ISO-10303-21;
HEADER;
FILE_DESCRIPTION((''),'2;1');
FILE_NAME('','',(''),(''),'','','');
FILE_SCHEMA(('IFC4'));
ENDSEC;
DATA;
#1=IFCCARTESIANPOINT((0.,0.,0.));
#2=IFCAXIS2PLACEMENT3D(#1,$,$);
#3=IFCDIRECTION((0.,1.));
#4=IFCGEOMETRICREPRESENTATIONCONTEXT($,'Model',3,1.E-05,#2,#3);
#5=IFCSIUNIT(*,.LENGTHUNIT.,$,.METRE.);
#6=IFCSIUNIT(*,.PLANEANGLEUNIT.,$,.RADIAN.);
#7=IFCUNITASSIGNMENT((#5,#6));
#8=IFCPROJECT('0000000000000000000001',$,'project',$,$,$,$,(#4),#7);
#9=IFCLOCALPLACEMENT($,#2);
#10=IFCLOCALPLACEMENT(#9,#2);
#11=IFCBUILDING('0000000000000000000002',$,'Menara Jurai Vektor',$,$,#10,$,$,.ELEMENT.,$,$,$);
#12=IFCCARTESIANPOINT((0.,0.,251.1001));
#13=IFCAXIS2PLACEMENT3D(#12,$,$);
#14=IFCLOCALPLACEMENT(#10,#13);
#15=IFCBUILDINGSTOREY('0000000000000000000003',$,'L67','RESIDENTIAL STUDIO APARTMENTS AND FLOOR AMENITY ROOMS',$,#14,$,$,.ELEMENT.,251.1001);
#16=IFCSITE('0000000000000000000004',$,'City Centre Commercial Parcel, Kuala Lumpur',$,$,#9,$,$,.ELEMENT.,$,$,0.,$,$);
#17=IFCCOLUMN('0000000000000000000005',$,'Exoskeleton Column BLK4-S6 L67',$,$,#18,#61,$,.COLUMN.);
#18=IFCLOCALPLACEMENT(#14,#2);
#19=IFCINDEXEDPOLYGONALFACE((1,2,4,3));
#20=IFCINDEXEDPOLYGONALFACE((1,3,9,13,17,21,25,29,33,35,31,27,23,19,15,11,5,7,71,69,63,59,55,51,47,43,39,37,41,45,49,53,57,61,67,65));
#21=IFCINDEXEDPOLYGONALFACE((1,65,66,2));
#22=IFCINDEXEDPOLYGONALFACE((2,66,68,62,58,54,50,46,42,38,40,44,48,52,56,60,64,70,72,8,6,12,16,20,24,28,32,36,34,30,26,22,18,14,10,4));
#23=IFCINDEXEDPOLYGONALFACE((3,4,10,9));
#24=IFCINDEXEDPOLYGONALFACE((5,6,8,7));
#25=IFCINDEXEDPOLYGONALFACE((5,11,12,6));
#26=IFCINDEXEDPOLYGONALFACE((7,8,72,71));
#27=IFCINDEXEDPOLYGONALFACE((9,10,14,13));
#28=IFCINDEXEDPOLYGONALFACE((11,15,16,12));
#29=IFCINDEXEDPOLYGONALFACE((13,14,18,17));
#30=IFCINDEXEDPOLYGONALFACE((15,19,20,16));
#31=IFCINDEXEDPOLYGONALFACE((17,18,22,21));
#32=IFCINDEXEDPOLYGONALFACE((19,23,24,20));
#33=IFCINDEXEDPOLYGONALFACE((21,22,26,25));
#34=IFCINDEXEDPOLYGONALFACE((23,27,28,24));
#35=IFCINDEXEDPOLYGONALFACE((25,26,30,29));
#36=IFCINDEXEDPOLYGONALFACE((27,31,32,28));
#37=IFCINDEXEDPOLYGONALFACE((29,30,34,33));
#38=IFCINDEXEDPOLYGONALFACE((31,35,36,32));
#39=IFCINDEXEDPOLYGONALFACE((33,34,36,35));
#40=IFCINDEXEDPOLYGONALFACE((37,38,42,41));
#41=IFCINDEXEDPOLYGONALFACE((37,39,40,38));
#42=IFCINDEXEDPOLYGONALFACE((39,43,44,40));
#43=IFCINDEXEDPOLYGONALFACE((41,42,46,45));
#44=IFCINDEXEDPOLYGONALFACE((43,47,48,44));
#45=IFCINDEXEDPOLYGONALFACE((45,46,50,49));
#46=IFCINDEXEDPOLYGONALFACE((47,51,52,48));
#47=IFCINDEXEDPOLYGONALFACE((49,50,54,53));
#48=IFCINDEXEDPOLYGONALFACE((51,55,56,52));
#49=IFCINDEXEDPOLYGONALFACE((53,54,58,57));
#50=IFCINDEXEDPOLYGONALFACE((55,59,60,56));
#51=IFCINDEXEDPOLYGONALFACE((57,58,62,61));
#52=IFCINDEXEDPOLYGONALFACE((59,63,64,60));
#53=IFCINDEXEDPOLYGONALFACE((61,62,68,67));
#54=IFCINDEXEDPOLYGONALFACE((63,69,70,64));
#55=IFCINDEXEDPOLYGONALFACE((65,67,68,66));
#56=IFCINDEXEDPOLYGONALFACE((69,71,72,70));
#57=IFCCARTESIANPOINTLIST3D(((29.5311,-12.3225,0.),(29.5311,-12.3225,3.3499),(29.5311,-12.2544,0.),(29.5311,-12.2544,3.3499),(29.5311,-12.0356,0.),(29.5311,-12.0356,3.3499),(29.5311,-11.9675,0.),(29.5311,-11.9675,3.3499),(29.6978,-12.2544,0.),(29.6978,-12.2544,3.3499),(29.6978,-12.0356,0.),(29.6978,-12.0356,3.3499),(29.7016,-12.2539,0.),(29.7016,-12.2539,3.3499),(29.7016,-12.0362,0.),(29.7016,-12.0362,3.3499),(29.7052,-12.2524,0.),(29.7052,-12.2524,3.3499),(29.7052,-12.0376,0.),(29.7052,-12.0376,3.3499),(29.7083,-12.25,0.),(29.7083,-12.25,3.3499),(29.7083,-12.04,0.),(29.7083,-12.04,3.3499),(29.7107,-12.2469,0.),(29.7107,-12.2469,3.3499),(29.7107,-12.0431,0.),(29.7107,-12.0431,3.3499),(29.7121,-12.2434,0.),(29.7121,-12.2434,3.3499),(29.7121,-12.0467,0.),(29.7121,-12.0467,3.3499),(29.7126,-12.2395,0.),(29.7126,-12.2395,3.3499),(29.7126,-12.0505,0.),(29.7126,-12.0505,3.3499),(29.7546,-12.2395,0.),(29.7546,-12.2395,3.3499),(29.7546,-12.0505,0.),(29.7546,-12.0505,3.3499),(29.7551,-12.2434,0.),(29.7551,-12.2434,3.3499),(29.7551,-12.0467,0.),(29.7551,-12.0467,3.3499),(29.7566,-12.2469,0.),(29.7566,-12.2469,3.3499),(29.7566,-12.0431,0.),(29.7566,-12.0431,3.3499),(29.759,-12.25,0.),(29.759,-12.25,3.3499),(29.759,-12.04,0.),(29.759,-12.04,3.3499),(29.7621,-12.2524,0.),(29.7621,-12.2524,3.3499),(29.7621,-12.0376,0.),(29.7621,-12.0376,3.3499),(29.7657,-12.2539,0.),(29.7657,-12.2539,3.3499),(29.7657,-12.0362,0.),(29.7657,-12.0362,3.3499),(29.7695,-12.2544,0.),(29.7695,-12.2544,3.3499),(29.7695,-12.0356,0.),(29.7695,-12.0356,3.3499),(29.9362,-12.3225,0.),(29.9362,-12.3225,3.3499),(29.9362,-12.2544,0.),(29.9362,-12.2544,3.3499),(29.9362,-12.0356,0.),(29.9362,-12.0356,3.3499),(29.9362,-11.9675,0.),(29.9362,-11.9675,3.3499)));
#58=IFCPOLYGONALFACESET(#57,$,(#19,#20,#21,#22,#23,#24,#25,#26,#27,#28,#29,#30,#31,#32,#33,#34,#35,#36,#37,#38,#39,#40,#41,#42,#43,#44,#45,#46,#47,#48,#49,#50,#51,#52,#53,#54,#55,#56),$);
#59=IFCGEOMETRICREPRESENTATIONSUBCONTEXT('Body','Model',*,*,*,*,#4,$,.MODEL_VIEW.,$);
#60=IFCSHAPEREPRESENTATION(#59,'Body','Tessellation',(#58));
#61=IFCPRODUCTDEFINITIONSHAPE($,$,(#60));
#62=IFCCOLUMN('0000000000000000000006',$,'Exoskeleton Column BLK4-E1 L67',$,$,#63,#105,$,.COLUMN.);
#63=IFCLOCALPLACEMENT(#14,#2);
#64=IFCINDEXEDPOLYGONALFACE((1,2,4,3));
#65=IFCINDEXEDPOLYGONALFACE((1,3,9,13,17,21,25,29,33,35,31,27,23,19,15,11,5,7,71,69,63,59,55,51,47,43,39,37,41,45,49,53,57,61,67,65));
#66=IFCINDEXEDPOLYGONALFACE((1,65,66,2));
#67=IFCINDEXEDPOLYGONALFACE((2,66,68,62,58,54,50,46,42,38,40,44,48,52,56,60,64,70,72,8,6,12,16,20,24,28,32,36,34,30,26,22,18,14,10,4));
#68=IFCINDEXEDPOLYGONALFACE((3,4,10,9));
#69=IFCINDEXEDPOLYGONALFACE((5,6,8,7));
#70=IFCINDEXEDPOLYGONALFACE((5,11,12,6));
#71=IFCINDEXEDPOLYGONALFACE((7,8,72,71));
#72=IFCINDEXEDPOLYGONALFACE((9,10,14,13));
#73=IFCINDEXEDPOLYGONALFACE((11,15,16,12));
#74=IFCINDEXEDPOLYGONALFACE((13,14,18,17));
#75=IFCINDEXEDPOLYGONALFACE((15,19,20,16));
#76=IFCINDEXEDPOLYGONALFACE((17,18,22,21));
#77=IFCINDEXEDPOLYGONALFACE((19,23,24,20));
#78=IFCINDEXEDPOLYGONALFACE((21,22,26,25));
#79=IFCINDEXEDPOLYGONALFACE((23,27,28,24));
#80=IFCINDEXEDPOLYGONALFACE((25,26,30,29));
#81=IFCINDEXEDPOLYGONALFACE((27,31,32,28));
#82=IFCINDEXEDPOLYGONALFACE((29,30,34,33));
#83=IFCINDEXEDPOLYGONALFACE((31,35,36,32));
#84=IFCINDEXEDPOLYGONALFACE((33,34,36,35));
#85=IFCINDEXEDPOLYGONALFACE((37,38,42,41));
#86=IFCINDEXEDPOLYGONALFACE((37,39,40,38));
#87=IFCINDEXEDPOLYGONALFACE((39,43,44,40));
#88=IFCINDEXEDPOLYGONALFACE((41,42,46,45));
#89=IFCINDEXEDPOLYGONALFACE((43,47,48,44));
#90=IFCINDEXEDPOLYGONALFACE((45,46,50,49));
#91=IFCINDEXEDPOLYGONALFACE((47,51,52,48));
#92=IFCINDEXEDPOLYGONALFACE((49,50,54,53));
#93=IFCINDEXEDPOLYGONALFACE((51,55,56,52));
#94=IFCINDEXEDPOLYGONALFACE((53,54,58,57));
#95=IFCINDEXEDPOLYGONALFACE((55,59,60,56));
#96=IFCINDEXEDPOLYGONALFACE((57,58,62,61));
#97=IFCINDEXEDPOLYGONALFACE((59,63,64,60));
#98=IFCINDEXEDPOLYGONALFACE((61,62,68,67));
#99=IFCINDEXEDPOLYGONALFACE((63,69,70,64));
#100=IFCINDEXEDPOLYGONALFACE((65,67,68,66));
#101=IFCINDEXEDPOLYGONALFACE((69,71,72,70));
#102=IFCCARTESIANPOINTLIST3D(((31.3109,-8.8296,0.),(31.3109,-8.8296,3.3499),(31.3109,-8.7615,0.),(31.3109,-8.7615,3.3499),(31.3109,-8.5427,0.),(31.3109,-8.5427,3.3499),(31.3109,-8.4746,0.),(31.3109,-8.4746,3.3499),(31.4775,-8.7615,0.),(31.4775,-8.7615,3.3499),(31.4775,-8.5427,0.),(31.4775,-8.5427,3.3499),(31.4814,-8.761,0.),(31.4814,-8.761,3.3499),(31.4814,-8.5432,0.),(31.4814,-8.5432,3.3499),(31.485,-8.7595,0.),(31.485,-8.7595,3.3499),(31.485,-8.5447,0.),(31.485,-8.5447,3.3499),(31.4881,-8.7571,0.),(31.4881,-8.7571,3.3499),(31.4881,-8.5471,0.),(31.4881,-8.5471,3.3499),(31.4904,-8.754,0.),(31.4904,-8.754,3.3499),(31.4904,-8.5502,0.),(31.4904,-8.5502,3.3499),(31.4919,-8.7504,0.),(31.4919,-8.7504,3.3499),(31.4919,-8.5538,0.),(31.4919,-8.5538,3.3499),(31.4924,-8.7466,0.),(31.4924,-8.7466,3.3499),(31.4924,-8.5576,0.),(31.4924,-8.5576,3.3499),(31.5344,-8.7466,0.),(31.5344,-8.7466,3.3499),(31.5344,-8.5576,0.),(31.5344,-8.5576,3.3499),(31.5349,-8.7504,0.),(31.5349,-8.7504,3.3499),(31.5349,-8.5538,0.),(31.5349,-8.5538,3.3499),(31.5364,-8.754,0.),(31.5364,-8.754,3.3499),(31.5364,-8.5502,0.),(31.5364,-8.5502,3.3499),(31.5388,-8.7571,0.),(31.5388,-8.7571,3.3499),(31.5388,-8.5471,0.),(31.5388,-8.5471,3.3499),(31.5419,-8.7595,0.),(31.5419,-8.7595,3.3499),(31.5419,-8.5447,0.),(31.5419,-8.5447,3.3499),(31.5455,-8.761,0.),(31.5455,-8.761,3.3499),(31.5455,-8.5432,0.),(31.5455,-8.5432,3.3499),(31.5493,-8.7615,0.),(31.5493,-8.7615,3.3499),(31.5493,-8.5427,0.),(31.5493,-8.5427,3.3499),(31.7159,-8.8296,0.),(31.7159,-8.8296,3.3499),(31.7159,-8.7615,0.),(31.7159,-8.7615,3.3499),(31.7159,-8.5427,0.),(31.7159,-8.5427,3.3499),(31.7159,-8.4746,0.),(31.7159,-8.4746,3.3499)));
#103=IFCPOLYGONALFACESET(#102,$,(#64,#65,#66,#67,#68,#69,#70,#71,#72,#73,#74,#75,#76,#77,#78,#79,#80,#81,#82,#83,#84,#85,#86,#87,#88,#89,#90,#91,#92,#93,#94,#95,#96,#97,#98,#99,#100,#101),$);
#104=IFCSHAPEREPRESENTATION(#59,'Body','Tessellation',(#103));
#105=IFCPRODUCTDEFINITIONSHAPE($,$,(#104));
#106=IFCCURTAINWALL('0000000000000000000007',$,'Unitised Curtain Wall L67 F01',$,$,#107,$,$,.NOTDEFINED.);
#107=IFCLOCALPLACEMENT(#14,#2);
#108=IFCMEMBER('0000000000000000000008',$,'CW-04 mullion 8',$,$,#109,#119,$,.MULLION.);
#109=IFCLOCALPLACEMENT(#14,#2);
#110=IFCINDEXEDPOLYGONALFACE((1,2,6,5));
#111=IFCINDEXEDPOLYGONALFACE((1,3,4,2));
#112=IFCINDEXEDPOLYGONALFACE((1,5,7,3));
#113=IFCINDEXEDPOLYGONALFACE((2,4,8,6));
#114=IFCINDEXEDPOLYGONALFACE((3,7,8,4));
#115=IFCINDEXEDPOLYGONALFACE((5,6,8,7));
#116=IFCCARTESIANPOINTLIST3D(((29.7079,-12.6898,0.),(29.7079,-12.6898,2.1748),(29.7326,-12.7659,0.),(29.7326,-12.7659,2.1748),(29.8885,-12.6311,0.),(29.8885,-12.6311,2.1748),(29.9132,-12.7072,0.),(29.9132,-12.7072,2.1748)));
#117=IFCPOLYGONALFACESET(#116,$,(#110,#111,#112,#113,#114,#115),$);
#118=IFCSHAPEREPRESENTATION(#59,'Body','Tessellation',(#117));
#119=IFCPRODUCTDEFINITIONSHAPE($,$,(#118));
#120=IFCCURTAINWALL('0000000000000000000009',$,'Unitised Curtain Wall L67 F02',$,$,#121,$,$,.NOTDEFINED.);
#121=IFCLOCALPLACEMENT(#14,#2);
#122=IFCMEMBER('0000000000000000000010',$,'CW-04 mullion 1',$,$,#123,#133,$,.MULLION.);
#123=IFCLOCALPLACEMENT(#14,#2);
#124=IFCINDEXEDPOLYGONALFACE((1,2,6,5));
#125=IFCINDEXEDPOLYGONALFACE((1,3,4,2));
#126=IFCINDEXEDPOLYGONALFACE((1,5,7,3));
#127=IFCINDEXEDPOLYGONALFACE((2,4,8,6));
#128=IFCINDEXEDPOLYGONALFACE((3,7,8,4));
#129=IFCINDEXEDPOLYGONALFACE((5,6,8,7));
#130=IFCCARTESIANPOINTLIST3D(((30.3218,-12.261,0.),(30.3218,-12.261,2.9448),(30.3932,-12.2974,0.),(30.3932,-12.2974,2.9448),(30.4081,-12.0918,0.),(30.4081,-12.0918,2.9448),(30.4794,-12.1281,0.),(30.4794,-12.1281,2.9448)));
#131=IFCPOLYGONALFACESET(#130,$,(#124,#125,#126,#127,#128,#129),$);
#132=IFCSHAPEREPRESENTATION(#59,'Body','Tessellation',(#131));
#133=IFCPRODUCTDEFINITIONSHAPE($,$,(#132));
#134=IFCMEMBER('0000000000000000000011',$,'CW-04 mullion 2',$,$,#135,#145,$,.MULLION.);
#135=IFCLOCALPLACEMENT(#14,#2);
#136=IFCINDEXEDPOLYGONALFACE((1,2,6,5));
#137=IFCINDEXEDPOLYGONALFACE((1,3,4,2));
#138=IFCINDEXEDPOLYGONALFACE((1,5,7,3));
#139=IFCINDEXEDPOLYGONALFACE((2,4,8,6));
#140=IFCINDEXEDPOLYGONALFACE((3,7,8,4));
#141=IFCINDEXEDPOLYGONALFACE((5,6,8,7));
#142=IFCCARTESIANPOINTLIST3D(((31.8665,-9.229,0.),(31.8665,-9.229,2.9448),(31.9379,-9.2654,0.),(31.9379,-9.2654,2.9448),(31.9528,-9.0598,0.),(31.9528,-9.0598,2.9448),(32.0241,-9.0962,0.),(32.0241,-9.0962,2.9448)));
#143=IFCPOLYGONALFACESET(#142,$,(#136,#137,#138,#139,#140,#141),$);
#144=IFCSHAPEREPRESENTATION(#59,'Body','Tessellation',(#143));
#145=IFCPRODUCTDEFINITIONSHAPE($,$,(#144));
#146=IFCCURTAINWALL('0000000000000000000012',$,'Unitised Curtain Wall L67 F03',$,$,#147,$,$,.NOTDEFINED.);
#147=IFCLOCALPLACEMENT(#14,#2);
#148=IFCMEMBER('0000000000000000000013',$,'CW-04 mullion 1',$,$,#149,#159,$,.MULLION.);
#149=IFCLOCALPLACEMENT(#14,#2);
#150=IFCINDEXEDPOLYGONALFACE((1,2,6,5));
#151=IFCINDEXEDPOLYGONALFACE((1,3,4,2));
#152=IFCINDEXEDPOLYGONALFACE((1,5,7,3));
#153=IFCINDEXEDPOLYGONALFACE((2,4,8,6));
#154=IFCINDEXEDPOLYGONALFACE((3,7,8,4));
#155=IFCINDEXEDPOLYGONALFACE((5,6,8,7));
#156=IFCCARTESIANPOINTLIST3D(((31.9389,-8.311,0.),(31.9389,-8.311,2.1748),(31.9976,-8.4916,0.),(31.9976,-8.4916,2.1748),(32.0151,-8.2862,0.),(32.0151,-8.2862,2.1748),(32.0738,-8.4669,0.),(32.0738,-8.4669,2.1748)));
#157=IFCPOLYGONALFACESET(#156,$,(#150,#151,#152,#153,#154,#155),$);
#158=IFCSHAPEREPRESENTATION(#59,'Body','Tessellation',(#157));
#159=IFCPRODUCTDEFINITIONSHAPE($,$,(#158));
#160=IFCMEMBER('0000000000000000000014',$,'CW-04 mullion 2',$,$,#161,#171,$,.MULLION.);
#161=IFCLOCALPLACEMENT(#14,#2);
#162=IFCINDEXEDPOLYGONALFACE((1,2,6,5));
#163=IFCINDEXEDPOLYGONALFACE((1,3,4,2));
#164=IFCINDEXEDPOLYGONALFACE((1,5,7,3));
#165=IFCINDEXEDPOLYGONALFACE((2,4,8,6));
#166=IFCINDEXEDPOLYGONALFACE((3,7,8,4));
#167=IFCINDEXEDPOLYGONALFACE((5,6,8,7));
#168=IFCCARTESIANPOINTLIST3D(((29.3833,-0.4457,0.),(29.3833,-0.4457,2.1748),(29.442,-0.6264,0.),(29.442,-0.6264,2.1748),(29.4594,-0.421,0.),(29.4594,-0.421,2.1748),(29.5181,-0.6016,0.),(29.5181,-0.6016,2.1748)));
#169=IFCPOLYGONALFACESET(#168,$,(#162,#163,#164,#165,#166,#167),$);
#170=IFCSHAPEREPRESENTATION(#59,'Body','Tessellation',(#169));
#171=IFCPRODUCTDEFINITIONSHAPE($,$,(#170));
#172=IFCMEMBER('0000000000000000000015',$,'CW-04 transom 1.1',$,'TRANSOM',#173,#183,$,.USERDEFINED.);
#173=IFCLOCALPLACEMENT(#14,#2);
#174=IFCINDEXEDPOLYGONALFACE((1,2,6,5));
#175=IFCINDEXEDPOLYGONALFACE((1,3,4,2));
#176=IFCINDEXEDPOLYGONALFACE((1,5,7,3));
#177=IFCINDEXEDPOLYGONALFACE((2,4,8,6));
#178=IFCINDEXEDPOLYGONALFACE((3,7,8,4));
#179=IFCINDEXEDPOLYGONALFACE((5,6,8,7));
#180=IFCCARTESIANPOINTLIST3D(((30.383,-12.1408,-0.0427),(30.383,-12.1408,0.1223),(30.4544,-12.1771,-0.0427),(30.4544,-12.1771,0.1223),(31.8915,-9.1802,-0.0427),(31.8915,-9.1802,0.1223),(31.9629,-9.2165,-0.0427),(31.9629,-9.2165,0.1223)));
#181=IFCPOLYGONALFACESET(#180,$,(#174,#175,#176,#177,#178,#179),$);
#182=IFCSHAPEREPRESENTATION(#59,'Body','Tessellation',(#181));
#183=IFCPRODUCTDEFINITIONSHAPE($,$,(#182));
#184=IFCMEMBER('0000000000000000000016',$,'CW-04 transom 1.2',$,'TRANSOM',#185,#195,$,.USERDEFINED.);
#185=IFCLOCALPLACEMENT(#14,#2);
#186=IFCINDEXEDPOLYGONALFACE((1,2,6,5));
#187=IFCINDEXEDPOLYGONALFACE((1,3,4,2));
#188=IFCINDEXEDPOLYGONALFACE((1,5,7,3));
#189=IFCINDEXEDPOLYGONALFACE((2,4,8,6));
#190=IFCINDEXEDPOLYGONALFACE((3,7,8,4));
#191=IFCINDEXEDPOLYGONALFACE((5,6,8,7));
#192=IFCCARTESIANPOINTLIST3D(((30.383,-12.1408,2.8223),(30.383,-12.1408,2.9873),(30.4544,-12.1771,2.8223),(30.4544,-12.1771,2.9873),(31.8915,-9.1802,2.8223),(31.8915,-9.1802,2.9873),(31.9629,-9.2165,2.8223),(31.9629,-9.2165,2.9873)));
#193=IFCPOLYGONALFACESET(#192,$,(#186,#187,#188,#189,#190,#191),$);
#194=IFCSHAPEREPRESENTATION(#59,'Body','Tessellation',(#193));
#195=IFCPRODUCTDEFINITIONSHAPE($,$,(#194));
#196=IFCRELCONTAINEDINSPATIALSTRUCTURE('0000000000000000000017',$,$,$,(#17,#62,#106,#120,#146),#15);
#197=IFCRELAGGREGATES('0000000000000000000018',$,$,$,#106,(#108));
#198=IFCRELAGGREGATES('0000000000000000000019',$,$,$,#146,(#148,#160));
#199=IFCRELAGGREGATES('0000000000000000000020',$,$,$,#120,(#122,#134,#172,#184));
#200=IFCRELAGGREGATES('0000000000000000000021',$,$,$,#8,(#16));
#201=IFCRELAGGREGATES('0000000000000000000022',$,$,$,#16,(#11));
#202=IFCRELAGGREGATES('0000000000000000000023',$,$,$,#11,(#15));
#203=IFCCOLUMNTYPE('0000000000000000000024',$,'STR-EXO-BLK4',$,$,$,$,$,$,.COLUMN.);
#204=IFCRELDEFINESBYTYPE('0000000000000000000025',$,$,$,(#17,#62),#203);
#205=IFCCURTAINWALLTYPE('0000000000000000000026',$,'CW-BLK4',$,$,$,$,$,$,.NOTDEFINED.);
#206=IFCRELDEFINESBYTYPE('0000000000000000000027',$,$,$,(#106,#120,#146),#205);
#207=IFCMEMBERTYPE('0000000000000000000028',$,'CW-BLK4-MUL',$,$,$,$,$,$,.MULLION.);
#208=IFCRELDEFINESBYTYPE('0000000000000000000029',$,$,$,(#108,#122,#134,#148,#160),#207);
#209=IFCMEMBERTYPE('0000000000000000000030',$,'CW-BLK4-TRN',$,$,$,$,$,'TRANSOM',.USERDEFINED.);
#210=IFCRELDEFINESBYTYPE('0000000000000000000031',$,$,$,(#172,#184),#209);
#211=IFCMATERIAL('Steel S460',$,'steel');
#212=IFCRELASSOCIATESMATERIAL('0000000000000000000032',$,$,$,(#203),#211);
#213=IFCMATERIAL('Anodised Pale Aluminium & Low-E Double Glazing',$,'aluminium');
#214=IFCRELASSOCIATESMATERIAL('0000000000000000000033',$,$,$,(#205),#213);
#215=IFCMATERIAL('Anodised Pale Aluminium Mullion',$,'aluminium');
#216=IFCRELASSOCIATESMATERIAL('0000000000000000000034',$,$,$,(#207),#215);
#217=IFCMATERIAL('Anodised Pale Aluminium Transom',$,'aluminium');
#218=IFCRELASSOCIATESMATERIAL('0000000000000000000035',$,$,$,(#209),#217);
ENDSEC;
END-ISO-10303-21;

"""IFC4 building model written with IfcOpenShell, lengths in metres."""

from ifc_helpers import new_model, si_unit, direction, frame, origin, origin_2d, place, context, subcontext, project, spatial, rectangle, i_section, extrude, material, material_profile, profile_set, type_object, element, aggregate, save


model = new_model("IFC4")

# Units and contexts
model_context = context("Model", 3, precision=1e-05, world=origin(), true_north=direction((0.0, 1.0)))
body_context = subcontext(model_context, "Body", "Model", "MODEL_VIEW")
ifc_project = project(units=[si_unit("LENGTHUNIT", "METRE"), si_unit("PLANEANGLEUNIT", "RADIAN")], contexts=[model_context])

# Site, building, storey
site_placement = place(None, origin())
site = spatial("IfcSite", under=ifc_project, at=site_placement, Name="City Centre Commercial Parcel, Kuala Lumpur", CompositionType="ELEMENT", RefElevation=0.0)
building_placement = place(site_placement, origin())
building = spatial("IfcBuilding", under=site, at=building_placement, Name="Menara Jurai Vektor", CompositionType="ELEMENT")
storey_placement = place(building_placement, frame((0.0, 0.0, 251.1001)))
storey = spatial("IfcBuildingStorey", under=building, at=storey_placement, Name="L67", Description="RESIDENTIAL STUDIO APARTMENTS AND FLOOR AMENITY ROOMS", CompositionType="ELEMENT", Elevation=251.1001)

# Columns
ifc_material_1 = material(Name="Steel S460", Category="steel")
ifc_material_profile_1 = material_profile(ifc_material_1, i_section(OverallWidth=0.405, OverallDepth=0.355, WebThickness=0.042, FlangeThickness=0.0681, FilletRadius=0.0149, at=origin_2d()), Name="HD 400x551")
ifc_profile_set_1 = profile_set([ifc_material_profile_1], Name="Steel S460")
column_type = type_object("IfcColumnType", Name="STR-EXO-BLK4", PredefinedType="COLUMN", material=ifc_profile_set_1)
for number, where, z_axis, x_axis, name in (
    (1, (29.7336, -12.145, 0.0), (0.0, 0.0, 1.0), (1.0, 0.0, 0.0), "Exoskeleton Column BLK4-S6 L67"),
    (2, (31.5134, -8.6521, 0.0), (0.0, 0.0, 1.0), (1.0, 0.0, 0.0), "Exoskeleton Column BLK4-E1 L67"),
):
    element("IfcColumn", number, at=place(storey_placement, frame(where, z_axis=z_axis, x_axis=x_axis)), inside=storey, type_object=column_type, Name=name, PredefinedType="COLUMN", context=body_context, shape_type="SweptSolid", body=[
        extrude(i_section(OverallWidth=0.405, OverallDepth=0.355, WebThickness=0.042, FlangeThickness=0.0681, FilletRadius=0.0149, at=origin_2d()), origin(), (0.0, 0.0, 1.0), 3.3499),
    ])

# Curtain wall, member
ifc_material_2 = material(Name="Anodised Pale Aluminium & Low-E Double Glazing", Category="aluminium")
curtain_wall_type = type_object("IfcCurtainWallType", Name="CW-BLK4", PredefinedType="NOTDEFINED", material=ifc_material_2)
curtain_wall_1_placement = place(storey_placement, origin())
curtain_wall_1 = element("IfcCurtainWall", 3, at=curtain_wall_1_placement, inside=storey, type_object=curtain_wall_type, Name="Unitised Curtain Wall L67 F01", PredefinedType="NOTDEFINED")
ifc_material_3 = material(Name="Anodised Pale Aluminium Mullion", Category="aluminium")
ifc_material_profile_2 = material_profile(ifc_material_3, rectangle(XDim=0.0801, YDim=0.1899, at=origin_2d()), Name="ALU MUL 80x190")
ifc_profile_set_2 = profile_set([ifc_material_profile_2], Name="Anodised Pale Aluminium Mullion")
member_type_1 = type_object("IfcMemberType", Name="CW-BLK4-MUL", PredefinedType="MULLION", material=ifc_profile_set_2)
member_1_placement = place(storey_placement, frame((29.8105, -12.6985, 0.0), z_axis=(0.0, 0.0, 1.0), x_axis=(-0.309017, 0.951056, 0.0)))
member_1 = element("IfcMember", 4, at=member_1_placement, type_object=member_type_1, Name="CW-04 mullion 8", PredefinedType="MULLION", context=body_context, shape_type="SweptSolid", body=[
    extrude(rectangle(XDim=0.0801, YDim=0.1899, at=origin_2d()), origin(), (0.0, 0.0, 1.0), 2.1748),
])

# Curtain walls, members
curtain_wall_2_placement = place(storey_placement, origin())
curtain_wall_2 = element("IfcCurtainWall", 5, at=curtain_wall_2_placement, inside=storey, type_object=curtain_wall_type, Name="Unitised Curtain Wall L67 F02", PredefinedType="NOTDEFINED")
member_2_placement = place(storey_placement, frame((30.4006, -12.1946, 0.0), z_axis=(0.0, 0.0, 1.0), x_axis=(-0.891008, 0.453989, 0.0)))
member_2 = element("IfcMember", 6, at=member_2_placement, type_object=member_type_1, Name="CW-04 mullion 1", PredefinedType="MULLION", context=body_context, shape_type="SweptSolid", body=[
    extrude(rectangle(XDim=0.0801, YDim=0.1899, at=origin_2d()), origin(), (0.0, 0.0, 1.0), 2.9448),
])
member_3_placement = place(storey_placement, frame((31.9453, -9.1626, 0.0), z_axis=(0.0, 0.0, 1.0), x_axis=(-0.891008, 0.453989, 0.0)))
member_3 = element("IfcMember", 7, at=member_3_placement, type_object=member_type_1, Name="CW-04 mullion 2", PredefinedType="MULLION", context=body_context, shape_type="SweptSolid", body=[
    extrude(rectangle(XDim=0.0801, YDim=0.1899, at=origin_2d()), origin(), (0.0, 0.0, 1.0), 2.9448),
])
curtain_wall_3_placement = place(storey_placement, origin())
curtain_wall_3 = element("IfcCurtainWall", 8, at=curtain_wall_3_placement, inside=storey, type_object=curtain_wall_type, Name="Unitised Curtain Wall L67 F03", PredefinedType="NOTDEFINED")
member_4_placement = place(storey_placement, frame((32.0063, -8.3889, 0.0), z_axis=(0.0, 0.0, 1.0), x_axis=(-0.951057, -0.309016, 0.0)))
member_4 = element("IfcMember", 9, at=member_4_placement, type_object=member_type_1, Name="CW-04 mullion 1", PredefinedType="MULLION", context=body_context, shape_type="SweptSolid", body=[
    extrude(rectangle(XDim=0.0801, YDim=0.1899, at=origin_2d()), origin(), (0.0, 0.0, 1.0), 2.1748),
])
member_5_placement = place(storey_placement, frame((29.4507, -0.5237, 0.0), z_axis=(0.0, 0.0, 1.0), x_axis=(-0.951057, -0.309016, 0.0)))
member_5 = element("IfcMember", 10, at=member_5_placement, type_object=member_type_1, Name="CW-04 mullion 2", PredefinedType="MULLION", context=body_context, shape_type="SweptSolid", body=[
    extrude(rectangle(XDim=0.0801, YDim=0.1899, at=origin_2d()), origin(), (0.0, 0.0, 1.0), 2.1748),
])

# Members
ifc_material_4 = material(Name="Anodised Pale Aluminium Transom", Category="aluminium")
ifc_material_profile_3 = material_profile(ifc_material_4, rectangle(XDim=0.0801, YDim=0.165, at=origin_2d()), Name="ALU TRN 80x165")
ifc_profile_set_3 = profile_set([ifc_material_profile_3], Name="Anodised Pale Aluminium Transom")
member_type_2 = type_object("IfcMemberType", Name="CW-BLK4-TRN", ElementType="TRANSOM", PredefinedType="USERDEFINED", material=ifc_profile_set_3)
member_6_placement = place(storey_placement, frame((30.4187, -12.1589, 0.0398), z_axis=(0.45399, 0.891007, 0.0), x_axis=(-0.891007, 0.45399, 0.0)))
member_6 = element("IfcMember", 11, at=member_6_placement, type_object=member_type_2, Name="CW-04 transom 1.1", ObjectType="TRANSOM", PredefinedType="USERDEFINED", context=body_context, shape_type="SweptSolid", body=[
    extrude(rectangle(XDim=0.0801, YDim=0.165, at=origin_2d()), origin(), (0.0, 0.0, 1.0), 3.3228),
])
member_7_placement = place(storey_placement, frame((30.4187, -12.1589, 2.9048), z_axis=(0.45399, 0.891007, 0.0), x_axis=(-0.891007, 0.45399, 0.0)))
member_7 = element("IfcMember", 12, at=member_7_placement, type_object=member_type_2, Name="CW-04 transom 1.2", ObjectType="TRANSOM", PredefinedType="USERDEFINED", context=body_context, shape_type="SweptSolid", body=[
    extrude(rectangle(XDim=0.0801, YDim=0.165, at=origin_2d()), origin(), (0.0, 0.0, 1.0), 3.3228),
])

aggregate(curtain_wall_1, [member_1])
aggregate(curtain_wall_3, [member_4, member_5])
aggregate(curtain_wall_2, [member_2, member_3, member_6, member_7])

save(model, "model.ifc")
